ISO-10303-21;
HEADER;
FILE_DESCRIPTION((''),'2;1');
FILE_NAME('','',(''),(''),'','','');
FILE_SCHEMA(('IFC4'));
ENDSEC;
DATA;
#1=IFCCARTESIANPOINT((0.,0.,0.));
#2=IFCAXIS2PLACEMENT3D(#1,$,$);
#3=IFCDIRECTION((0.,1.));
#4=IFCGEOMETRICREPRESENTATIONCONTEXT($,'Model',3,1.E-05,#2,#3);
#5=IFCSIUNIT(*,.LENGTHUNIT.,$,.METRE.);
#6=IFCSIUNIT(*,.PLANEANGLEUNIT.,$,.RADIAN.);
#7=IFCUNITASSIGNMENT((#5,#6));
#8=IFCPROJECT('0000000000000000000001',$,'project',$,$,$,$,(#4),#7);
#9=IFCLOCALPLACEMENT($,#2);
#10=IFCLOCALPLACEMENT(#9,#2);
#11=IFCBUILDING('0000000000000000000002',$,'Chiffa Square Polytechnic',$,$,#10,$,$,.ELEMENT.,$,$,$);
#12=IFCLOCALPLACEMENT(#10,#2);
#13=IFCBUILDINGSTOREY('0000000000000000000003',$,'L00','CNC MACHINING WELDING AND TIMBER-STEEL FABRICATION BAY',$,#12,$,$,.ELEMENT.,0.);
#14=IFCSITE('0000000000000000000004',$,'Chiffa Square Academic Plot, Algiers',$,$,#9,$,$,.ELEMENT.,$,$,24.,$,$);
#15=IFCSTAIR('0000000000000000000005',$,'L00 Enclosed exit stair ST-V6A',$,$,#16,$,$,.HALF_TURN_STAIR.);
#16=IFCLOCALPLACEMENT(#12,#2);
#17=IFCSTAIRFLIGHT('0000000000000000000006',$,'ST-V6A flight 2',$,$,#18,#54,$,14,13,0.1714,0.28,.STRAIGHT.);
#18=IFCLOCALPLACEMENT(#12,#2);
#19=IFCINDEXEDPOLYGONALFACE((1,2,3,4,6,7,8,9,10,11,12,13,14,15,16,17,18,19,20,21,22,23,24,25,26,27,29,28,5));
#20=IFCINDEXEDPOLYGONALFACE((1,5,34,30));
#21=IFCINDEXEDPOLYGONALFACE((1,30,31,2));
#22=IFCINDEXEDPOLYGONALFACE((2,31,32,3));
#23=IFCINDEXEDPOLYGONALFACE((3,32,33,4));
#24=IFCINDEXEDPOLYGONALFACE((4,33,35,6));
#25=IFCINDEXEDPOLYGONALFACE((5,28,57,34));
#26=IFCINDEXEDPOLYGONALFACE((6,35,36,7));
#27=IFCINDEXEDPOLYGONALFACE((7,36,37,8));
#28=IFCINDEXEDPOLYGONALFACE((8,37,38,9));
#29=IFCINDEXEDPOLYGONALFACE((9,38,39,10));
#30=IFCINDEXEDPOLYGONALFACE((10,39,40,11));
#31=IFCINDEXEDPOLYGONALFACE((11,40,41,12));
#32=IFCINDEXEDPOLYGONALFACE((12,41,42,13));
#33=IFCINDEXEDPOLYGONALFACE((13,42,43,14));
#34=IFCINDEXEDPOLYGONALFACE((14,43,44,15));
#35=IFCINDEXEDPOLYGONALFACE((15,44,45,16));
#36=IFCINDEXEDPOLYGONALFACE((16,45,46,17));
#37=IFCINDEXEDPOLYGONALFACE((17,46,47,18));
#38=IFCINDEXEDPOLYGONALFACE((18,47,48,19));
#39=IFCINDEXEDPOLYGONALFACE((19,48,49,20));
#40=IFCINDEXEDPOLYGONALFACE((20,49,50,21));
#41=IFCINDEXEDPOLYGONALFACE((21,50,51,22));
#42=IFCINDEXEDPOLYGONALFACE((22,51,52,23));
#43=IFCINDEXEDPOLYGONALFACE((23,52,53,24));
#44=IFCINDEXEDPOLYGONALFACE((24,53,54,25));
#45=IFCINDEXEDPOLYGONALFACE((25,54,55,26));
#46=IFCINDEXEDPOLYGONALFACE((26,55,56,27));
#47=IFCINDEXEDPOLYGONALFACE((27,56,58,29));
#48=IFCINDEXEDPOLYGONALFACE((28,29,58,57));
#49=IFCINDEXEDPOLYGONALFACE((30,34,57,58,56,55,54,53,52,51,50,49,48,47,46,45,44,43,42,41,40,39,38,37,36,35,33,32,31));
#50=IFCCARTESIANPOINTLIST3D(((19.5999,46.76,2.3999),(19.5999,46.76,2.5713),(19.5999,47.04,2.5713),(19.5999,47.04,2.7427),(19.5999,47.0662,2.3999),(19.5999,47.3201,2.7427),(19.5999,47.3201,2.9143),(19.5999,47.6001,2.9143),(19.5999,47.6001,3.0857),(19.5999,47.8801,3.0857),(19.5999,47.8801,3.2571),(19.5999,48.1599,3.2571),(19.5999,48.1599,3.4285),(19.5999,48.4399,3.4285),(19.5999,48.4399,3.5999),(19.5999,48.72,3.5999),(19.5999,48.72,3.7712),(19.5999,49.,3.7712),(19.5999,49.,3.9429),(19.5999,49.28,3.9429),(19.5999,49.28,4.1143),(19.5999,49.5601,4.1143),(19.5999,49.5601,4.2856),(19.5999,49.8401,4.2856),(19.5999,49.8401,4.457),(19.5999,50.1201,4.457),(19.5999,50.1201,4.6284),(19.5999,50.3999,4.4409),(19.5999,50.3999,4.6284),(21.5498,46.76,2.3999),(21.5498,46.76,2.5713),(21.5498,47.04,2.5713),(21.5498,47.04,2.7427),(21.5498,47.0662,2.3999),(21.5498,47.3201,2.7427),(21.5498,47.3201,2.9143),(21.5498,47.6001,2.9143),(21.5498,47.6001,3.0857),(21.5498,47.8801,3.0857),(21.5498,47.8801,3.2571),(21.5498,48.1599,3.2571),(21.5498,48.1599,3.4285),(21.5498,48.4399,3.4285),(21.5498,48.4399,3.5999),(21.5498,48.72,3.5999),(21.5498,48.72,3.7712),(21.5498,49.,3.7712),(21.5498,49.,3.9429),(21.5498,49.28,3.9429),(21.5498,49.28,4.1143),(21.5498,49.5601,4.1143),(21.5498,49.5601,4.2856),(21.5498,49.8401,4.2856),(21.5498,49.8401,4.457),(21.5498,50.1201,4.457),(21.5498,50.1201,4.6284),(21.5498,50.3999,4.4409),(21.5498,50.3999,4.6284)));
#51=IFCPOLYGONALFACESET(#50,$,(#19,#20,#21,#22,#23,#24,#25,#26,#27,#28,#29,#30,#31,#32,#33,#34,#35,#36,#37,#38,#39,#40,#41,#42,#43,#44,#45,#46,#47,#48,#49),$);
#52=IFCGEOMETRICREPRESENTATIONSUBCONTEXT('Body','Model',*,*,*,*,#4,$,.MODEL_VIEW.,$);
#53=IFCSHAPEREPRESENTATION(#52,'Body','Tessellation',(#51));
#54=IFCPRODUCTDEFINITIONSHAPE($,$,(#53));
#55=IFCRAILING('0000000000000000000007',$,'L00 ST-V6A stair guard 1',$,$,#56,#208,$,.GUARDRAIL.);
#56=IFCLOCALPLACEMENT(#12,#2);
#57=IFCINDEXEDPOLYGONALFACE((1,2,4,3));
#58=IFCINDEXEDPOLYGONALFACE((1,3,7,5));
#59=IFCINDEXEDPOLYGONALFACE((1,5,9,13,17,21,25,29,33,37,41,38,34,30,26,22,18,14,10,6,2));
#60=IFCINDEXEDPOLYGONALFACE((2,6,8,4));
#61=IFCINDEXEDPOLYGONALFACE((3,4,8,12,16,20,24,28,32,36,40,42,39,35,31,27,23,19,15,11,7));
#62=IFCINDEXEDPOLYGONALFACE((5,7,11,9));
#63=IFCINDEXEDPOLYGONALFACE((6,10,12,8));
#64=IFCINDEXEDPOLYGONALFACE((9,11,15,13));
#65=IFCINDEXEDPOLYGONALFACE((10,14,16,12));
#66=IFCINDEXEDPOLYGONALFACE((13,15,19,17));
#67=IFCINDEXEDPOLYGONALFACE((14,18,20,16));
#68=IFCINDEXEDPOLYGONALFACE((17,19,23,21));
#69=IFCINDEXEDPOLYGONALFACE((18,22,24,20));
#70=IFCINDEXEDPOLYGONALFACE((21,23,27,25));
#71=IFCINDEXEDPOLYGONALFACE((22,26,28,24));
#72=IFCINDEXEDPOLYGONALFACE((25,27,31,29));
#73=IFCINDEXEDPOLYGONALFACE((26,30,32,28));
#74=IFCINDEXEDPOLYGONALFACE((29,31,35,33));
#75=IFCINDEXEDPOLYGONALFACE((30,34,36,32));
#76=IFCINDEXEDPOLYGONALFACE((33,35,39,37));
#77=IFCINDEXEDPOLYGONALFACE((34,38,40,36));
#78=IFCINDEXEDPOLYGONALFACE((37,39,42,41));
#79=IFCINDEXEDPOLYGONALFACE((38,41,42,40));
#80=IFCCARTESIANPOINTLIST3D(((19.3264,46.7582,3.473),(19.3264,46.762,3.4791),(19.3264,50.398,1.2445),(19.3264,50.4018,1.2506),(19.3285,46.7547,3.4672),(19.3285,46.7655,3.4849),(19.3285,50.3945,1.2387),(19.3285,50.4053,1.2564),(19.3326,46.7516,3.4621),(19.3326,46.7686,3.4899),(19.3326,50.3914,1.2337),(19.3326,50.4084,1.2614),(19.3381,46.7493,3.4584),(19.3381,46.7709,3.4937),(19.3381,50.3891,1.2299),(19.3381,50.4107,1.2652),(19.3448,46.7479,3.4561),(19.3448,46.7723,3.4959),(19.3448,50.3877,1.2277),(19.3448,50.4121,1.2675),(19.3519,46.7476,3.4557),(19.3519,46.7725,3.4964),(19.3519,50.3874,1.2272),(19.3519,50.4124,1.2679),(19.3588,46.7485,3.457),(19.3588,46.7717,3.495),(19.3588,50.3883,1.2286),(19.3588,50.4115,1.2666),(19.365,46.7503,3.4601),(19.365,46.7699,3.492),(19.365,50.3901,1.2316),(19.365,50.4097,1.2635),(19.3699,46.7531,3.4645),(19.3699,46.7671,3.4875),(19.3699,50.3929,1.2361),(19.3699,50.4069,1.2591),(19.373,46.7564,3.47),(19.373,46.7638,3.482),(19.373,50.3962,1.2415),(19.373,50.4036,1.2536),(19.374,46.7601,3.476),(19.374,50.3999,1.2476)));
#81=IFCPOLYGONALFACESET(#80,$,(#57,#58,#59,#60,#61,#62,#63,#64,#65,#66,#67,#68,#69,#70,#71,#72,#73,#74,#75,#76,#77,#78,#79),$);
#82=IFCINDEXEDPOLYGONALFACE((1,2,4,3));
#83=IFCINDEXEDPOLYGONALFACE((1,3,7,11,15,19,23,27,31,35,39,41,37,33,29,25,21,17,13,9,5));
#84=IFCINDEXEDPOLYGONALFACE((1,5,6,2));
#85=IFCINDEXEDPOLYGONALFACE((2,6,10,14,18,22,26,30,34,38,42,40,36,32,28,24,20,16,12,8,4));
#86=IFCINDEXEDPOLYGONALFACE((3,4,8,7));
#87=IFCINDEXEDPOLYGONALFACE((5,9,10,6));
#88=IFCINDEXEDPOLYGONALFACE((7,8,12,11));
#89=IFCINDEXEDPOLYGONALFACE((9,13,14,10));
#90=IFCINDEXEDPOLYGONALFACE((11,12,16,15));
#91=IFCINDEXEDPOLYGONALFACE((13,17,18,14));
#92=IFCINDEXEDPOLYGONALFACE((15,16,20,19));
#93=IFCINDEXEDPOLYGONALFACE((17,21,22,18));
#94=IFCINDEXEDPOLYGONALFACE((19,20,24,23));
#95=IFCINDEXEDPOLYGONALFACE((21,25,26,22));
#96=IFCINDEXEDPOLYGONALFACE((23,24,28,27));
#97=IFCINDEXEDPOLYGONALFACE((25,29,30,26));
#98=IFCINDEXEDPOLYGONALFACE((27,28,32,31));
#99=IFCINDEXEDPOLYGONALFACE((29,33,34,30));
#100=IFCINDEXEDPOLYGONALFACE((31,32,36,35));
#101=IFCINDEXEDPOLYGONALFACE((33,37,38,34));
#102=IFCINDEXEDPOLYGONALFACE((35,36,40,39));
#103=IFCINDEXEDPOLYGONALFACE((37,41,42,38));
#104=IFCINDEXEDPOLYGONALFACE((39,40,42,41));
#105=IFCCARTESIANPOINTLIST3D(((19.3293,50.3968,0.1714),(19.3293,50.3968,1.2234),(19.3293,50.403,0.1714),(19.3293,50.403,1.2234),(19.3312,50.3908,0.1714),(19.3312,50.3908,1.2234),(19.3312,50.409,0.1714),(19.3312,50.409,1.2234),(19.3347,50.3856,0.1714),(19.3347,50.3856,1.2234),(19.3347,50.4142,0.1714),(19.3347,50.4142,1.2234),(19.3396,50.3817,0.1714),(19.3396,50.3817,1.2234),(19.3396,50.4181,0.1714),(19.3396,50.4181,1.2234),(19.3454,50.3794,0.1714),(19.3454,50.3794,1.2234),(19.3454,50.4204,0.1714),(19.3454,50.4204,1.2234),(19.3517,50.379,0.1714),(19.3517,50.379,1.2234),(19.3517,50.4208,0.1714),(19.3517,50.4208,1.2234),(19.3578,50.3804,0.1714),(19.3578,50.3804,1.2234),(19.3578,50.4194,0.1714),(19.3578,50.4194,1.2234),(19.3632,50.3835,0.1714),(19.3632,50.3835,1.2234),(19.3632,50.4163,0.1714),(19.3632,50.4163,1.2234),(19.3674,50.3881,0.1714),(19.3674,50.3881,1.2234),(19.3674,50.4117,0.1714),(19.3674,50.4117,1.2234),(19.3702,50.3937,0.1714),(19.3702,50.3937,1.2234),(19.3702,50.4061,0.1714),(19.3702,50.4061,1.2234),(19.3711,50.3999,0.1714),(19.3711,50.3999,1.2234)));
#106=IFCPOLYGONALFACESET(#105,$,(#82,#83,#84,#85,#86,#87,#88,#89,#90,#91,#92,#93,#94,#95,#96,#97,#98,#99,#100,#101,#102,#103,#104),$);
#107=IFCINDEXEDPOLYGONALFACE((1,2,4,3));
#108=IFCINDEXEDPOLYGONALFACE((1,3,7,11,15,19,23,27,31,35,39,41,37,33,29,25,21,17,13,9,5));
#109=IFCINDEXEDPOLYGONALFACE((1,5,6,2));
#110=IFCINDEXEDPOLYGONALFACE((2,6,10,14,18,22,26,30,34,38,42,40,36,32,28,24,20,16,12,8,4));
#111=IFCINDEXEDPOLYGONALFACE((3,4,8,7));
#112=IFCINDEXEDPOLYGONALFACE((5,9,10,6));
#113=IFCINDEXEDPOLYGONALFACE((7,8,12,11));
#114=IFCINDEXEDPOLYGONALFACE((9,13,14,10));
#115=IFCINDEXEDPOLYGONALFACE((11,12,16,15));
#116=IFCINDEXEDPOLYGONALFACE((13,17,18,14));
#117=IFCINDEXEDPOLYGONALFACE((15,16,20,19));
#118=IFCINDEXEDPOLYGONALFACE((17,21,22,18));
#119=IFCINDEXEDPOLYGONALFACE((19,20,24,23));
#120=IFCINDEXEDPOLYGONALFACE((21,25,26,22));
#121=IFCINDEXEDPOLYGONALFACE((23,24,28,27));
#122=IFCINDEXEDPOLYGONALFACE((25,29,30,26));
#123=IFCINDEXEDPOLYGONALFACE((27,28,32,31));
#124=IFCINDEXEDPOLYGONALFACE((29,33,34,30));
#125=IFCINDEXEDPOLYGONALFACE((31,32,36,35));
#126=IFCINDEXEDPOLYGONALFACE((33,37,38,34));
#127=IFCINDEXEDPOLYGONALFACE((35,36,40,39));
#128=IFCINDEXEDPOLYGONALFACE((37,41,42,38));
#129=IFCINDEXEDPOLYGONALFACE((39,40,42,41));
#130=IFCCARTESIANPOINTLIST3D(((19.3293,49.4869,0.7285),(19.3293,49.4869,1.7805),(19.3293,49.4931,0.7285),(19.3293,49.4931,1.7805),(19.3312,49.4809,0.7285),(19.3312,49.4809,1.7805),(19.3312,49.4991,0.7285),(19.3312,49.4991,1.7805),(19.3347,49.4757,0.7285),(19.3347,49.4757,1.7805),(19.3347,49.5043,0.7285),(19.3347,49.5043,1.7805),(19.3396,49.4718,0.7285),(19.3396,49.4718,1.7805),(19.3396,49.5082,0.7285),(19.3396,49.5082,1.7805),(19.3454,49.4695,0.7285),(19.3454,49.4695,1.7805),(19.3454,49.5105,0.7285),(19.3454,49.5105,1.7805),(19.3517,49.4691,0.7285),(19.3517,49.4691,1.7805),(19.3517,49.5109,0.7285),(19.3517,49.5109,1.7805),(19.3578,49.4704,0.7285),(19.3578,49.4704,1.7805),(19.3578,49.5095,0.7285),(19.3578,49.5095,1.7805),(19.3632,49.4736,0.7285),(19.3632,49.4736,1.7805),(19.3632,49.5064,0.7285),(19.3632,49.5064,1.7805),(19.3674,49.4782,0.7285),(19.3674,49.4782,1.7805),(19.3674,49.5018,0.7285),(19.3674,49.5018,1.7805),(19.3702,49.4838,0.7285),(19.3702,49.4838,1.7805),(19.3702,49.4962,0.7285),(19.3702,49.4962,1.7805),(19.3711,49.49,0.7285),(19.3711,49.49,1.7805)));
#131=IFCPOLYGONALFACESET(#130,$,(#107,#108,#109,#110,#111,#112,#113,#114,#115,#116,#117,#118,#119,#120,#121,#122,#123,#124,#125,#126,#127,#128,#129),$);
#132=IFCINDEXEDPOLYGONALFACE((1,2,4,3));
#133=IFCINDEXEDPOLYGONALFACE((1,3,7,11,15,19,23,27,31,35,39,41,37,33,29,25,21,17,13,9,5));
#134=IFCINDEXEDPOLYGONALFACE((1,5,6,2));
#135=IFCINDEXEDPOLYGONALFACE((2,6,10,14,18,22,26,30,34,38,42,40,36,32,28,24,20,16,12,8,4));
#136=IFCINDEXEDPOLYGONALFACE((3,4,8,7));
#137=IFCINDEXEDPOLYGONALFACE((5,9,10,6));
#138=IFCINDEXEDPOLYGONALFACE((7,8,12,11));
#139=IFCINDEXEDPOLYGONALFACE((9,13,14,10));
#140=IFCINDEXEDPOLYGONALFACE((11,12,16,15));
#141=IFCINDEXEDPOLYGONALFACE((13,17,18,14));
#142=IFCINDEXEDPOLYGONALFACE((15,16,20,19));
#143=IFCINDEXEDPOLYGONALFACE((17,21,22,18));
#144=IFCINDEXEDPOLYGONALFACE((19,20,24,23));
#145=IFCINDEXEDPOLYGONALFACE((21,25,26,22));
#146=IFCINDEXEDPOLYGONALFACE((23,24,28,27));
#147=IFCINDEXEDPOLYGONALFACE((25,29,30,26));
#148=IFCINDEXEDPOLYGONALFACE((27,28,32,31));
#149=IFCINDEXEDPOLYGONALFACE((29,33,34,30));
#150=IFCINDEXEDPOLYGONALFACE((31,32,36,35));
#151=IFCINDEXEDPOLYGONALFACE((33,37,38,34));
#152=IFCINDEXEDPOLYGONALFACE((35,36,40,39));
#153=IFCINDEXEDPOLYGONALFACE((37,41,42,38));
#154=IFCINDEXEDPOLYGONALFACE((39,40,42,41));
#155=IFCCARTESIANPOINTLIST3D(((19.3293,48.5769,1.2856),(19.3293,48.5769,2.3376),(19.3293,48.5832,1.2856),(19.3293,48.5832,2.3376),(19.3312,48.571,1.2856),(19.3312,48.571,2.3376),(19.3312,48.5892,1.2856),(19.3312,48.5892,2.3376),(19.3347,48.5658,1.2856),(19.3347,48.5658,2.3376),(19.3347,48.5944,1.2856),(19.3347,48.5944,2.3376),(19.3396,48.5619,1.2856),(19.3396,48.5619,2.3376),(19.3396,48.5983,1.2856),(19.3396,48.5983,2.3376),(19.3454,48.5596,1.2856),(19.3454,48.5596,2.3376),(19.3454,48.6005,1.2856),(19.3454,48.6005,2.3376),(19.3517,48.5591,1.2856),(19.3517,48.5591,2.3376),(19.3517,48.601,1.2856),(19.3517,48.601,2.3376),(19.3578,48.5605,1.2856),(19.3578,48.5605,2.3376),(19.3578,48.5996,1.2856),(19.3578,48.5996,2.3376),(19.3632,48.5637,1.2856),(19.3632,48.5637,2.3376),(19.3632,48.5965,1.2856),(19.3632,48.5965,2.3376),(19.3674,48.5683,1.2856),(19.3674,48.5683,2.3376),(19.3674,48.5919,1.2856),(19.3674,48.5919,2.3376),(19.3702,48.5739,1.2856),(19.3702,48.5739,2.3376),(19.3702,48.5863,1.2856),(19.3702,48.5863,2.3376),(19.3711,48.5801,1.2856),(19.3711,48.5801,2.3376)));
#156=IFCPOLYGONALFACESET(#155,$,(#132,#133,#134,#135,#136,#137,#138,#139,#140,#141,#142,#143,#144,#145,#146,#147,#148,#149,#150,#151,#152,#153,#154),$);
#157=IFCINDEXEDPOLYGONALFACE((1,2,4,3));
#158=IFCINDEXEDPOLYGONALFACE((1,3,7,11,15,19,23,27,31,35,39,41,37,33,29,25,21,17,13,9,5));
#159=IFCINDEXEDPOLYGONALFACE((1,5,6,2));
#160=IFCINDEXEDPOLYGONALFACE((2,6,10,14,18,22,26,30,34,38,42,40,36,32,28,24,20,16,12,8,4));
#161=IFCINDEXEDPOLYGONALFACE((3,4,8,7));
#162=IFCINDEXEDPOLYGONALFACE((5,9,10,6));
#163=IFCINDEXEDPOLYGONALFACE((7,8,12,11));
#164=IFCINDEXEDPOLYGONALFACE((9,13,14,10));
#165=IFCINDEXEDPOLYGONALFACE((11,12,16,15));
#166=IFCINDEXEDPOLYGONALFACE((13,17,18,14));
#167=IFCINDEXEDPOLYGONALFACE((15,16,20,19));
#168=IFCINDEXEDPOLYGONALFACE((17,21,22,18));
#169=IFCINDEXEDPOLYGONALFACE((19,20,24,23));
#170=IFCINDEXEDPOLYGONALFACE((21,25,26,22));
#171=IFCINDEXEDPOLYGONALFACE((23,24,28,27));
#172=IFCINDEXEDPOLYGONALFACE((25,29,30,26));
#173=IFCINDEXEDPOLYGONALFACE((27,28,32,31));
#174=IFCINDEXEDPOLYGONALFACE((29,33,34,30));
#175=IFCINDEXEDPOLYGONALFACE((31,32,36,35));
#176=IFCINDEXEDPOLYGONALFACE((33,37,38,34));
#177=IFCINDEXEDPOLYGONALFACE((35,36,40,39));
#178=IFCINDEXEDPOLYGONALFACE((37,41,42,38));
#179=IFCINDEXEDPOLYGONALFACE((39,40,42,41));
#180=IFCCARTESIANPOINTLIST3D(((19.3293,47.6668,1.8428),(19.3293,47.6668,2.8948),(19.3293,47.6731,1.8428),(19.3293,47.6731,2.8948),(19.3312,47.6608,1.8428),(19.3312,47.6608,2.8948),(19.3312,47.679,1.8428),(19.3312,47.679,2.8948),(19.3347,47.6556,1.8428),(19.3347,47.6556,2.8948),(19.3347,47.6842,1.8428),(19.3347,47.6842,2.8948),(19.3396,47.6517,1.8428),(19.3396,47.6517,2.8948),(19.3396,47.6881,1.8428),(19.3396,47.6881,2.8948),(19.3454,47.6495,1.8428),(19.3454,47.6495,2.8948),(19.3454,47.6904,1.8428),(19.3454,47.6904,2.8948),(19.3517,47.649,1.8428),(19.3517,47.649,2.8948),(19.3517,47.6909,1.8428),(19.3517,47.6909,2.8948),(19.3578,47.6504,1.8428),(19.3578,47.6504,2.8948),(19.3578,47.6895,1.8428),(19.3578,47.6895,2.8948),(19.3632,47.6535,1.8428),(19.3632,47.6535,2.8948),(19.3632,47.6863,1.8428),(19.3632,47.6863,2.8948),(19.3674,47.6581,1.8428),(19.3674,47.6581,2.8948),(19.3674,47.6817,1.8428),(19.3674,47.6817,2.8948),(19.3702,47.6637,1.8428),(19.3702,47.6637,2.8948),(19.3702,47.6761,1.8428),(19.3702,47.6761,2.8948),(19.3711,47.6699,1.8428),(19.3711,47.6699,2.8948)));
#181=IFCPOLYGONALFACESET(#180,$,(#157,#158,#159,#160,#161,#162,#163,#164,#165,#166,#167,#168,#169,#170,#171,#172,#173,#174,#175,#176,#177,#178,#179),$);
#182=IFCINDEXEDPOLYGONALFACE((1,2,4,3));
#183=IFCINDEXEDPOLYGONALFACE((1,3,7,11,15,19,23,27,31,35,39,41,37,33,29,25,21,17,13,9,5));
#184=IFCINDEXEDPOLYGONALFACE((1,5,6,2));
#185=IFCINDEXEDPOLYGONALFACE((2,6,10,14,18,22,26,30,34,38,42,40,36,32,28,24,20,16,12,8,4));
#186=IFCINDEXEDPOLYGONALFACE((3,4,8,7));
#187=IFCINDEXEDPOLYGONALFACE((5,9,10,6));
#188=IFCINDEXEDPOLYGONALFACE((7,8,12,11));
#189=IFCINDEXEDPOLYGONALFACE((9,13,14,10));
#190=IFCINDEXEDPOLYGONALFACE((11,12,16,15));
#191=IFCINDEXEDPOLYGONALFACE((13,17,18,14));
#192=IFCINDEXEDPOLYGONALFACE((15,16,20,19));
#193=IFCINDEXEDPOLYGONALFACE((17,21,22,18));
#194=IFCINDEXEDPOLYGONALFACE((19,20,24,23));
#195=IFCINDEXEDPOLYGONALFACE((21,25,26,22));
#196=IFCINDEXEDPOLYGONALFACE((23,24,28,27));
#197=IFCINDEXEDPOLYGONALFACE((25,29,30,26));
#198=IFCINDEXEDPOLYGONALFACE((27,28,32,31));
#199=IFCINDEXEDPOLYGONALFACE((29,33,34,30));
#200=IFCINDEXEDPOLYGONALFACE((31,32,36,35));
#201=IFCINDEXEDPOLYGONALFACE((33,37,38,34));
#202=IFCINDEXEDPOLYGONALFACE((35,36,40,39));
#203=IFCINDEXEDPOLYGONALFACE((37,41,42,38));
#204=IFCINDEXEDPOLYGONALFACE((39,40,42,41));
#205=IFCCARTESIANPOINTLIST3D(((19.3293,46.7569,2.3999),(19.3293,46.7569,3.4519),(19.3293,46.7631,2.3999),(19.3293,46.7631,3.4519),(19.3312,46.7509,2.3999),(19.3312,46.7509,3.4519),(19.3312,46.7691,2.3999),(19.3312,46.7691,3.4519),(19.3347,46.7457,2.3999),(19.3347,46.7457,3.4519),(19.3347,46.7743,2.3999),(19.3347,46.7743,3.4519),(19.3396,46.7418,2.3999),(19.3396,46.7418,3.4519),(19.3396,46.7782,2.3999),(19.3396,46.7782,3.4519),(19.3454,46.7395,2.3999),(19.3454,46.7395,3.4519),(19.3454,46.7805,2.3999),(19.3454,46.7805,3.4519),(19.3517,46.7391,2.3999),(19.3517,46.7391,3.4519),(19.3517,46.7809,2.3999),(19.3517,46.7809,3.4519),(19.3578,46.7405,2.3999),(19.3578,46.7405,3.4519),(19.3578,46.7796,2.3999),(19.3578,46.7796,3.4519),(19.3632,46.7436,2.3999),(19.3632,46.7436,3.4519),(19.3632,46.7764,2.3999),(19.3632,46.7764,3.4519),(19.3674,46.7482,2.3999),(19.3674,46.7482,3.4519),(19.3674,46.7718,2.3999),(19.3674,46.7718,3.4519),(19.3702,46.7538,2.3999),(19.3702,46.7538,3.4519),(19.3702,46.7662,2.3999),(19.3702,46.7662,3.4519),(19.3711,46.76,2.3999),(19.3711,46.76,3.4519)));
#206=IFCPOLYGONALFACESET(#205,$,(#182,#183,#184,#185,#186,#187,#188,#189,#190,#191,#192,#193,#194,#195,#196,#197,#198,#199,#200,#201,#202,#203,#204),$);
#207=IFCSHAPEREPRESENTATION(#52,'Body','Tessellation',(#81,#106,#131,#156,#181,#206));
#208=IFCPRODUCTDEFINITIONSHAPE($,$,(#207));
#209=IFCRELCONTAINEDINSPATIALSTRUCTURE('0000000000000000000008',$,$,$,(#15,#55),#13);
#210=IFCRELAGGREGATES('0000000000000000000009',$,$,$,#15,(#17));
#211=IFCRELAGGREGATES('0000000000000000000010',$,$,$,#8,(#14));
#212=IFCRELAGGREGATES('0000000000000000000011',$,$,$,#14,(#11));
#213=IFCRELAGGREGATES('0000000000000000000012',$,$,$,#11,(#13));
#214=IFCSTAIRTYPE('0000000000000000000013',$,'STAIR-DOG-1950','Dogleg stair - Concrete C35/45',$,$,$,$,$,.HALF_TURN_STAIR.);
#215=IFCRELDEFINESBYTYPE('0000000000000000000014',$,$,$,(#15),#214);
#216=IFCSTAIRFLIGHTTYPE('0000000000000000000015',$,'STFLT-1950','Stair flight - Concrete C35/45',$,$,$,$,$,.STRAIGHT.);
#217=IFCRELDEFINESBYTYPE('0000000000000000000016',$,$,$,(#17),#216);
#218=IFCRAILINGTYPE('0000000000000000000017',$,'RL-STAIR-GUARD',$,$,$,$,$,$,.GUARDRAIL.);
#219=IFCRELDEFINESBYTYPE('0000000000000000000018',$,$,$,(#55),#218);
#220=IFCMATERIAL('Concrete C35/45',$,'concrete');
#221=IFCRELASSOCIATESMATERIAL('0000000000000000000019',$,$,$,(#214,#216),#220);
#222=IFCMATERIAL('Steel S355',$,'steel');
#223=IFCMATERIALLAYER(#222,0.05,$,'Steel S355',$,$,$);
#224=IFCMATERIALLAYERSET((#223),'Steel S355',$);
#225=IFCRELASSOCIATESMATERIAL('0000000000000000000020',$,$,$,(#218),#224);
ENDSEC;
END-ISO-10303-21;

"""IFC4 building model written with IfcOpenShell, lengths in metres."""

from ifc_helpers import new_model, si_unit, direction, frame, origin, origin_2d, place, context, subcontext, project, spatial, polyline, circle, outline, extrude, material, layer, layer_set, type_object, element, aggregate, save


model = new_model("IFC4")

# Units and contexts
model_context = context("Model", 3, precision=1e-05, world=origin(), true_north=direction((0.0, 1.0)))
body_context = subcontext(model_context, "Body", "Model", "MODEL_VIEW")
ifc_project = project(units=[si_unit("LENGTHUNIT", "METRE"), si_unit("PLANEANGLEUNIT", "RADIAN")], contexts=[model_context])

# Site, building, storey
site_placement = place(None, origin())
site = spatial("IfcSite", under=ifc_project, at=site_placement, Name="Chiffa Square Academic Plot, Algiers", CompositionType="ELEMENT", RefElevation=24.0)
building_placement = place(site_placement, origin())
building = spatial("IfcBuilding", under=site, at=building_placement, Name="Chiffa Square Polytechnic", CompositionType="ELEMENT")
storey_placement = place(building_placement, origin())
storey = spatial("IfcBuildingStorey", under=building, at=storey_placement, Name="L00", Description="CNC MACHINING WELDING AND TIMBER-STEEL FABRICATION BAY", CompositionType="ELEMENT", Elevation=0.0)

# Shared definitions
ifc_material_1 = material(Name="Concrete C35/45", Category="concrete")

# Stair, stair flight
stair_type = type_object("IfcStairType", Name="STAIR-DOG-1950", Description="Dogleg stair - Concrete C35/45", PredefinedType="HALF_TURN_STAIR", material=ifc_material_1)
stair_placement = place(storey_placement, origin())
stair = element("IfcStair", 1, at=stair_placement, inside=storey, type_object=stair_type, Name="L00 Enclosed exit stair ST-V6A", PredefinedType="HALF_TURN_STAIR")
stair_flight_type = type_object("IfcStairFlightType", Name="STFLT-1950", Description="Stair flight - Concrete C35/45", PredefinedType="STRAIGHT", material=ifc_material_1)
stair_flight_1_placement = place(storey_placement, frame((20.575, 46.76, 2.3999), z_axis=(0.0, 0.0, 1.0), x_axis=(0.0, 1.0, 0.0)))
stair_flight_1 = element("IfcStairFlight", 2, at=stair_flight_1_placement, type_object=stair_flight_type, Name="ST-V6A flight 2", NumberOfRisers=14, NumberOfTreads=13, PredefinedType="STRAIGHT", RiserHeight=0.1714, TreadLength=0.28, context=body_context, shape_type="SweptSolid", body=[
    extrude(outline(polyline([(0.0, 0.0), (0.0, 0.1714), (0.28, 0.1714), (0.28, 0.3428), (0.5601, 0.3428), (0.5601, 0.5144), (0.8401, 0.5144), (0.8401, 0.6858), (1.1201, 0.6858), (1.1201, 0.8572), (1.3999, 0.8572), (1.3999, 1.0286), (1.6799, 1.0286), (1.6799, 1.2), (1.96, 1.2), (1.96, 1.3713), (2.24, 1.3713), (2.24, 1.543), (2.52, 1.543), (2.52, 1.7144), (2.8, 1.7144), (2.8, 1.8857), (3.0801, 1.8857), (3.0801, 2.0571), (3.3601, 2.0571), (3.3601, 2.2285), (3.6399, 2.2285), (3.6399, 2.3999), (3.6399, 2.041), (0.3062, 0.0), (0.0, 0.0)])), frame((0.0, 0.9751, 0.0), z_axis=(0.0, -1.0, 0.0), x_axis=(1.0, 0.0, 0.0)), (0.0, 0.0, 1.0), 1.95),
])
aggregate(stair, [stair_flight_1])

# Railing
ifc_material_2 = material(Name="Steel S355", Category="steel")
ifc_layer_1 = layer(ifc_material_2, 0.05, Name="Steel S355")
ifc_layer_set_1 = layer_set([ifc_layer_1], Name="Steel S355")
railing_type_1 = type_object("IfcRailingType", Name="RL-STAIR-GUARD", PredefinedType="GUARDRAIL", material=ifc_layer_set_1)
railing_1_placement = place(storey_placement, frame((19.3501, 50.3999, 0.1714)))
element("IfcRailing", 3, at=railing_1_placement, inside=storey, type_object=railing_type_1, Name="L00 ST-V6A stair guard 1", PredefinedType="GUARDRAIL", context=body_context, shape_type="SweptSolid", body=[
    extrude(circle(Radius=0.0239, at=origin_2d()), frame((0.0, 0.0, 1.0762), z_axis=(0.0, -0.85285, 0.522156), x_axis=(1.0, 0.0, 0.0)), (0.0, 0.0, 1.0), 4.2678),
    extrude(circle(Radius=0.021, at=origin_2d()), origin(), (0.0, 0.0, 1.0), 1.052),
    extrude(circle(Radius=0.021, at=origin_2d()), frame((0.0, -0.9099, 0.5571)), (0.0, 0.0, 1.0), 1.052),
    extrude(circle(Radius=0.021, at=origin_2d()), frame((0.0, -1.8198, 1.1143)), (0.0, 0.0, 1.0), 1.052),
    extrude(circle(Radius=0.021, at=origin_2d()), frame((0.0, -2.73, 1.6714)), (0.0, 0.0, 1.0), 1.052),
    extrude(circle(Radius=0.021, at=origin_2d()), frame((0.0, -3.6399, 2.2285)), (0.0, 0.0, 1.0), 1.052),
])

save(model, "model.ifc")
